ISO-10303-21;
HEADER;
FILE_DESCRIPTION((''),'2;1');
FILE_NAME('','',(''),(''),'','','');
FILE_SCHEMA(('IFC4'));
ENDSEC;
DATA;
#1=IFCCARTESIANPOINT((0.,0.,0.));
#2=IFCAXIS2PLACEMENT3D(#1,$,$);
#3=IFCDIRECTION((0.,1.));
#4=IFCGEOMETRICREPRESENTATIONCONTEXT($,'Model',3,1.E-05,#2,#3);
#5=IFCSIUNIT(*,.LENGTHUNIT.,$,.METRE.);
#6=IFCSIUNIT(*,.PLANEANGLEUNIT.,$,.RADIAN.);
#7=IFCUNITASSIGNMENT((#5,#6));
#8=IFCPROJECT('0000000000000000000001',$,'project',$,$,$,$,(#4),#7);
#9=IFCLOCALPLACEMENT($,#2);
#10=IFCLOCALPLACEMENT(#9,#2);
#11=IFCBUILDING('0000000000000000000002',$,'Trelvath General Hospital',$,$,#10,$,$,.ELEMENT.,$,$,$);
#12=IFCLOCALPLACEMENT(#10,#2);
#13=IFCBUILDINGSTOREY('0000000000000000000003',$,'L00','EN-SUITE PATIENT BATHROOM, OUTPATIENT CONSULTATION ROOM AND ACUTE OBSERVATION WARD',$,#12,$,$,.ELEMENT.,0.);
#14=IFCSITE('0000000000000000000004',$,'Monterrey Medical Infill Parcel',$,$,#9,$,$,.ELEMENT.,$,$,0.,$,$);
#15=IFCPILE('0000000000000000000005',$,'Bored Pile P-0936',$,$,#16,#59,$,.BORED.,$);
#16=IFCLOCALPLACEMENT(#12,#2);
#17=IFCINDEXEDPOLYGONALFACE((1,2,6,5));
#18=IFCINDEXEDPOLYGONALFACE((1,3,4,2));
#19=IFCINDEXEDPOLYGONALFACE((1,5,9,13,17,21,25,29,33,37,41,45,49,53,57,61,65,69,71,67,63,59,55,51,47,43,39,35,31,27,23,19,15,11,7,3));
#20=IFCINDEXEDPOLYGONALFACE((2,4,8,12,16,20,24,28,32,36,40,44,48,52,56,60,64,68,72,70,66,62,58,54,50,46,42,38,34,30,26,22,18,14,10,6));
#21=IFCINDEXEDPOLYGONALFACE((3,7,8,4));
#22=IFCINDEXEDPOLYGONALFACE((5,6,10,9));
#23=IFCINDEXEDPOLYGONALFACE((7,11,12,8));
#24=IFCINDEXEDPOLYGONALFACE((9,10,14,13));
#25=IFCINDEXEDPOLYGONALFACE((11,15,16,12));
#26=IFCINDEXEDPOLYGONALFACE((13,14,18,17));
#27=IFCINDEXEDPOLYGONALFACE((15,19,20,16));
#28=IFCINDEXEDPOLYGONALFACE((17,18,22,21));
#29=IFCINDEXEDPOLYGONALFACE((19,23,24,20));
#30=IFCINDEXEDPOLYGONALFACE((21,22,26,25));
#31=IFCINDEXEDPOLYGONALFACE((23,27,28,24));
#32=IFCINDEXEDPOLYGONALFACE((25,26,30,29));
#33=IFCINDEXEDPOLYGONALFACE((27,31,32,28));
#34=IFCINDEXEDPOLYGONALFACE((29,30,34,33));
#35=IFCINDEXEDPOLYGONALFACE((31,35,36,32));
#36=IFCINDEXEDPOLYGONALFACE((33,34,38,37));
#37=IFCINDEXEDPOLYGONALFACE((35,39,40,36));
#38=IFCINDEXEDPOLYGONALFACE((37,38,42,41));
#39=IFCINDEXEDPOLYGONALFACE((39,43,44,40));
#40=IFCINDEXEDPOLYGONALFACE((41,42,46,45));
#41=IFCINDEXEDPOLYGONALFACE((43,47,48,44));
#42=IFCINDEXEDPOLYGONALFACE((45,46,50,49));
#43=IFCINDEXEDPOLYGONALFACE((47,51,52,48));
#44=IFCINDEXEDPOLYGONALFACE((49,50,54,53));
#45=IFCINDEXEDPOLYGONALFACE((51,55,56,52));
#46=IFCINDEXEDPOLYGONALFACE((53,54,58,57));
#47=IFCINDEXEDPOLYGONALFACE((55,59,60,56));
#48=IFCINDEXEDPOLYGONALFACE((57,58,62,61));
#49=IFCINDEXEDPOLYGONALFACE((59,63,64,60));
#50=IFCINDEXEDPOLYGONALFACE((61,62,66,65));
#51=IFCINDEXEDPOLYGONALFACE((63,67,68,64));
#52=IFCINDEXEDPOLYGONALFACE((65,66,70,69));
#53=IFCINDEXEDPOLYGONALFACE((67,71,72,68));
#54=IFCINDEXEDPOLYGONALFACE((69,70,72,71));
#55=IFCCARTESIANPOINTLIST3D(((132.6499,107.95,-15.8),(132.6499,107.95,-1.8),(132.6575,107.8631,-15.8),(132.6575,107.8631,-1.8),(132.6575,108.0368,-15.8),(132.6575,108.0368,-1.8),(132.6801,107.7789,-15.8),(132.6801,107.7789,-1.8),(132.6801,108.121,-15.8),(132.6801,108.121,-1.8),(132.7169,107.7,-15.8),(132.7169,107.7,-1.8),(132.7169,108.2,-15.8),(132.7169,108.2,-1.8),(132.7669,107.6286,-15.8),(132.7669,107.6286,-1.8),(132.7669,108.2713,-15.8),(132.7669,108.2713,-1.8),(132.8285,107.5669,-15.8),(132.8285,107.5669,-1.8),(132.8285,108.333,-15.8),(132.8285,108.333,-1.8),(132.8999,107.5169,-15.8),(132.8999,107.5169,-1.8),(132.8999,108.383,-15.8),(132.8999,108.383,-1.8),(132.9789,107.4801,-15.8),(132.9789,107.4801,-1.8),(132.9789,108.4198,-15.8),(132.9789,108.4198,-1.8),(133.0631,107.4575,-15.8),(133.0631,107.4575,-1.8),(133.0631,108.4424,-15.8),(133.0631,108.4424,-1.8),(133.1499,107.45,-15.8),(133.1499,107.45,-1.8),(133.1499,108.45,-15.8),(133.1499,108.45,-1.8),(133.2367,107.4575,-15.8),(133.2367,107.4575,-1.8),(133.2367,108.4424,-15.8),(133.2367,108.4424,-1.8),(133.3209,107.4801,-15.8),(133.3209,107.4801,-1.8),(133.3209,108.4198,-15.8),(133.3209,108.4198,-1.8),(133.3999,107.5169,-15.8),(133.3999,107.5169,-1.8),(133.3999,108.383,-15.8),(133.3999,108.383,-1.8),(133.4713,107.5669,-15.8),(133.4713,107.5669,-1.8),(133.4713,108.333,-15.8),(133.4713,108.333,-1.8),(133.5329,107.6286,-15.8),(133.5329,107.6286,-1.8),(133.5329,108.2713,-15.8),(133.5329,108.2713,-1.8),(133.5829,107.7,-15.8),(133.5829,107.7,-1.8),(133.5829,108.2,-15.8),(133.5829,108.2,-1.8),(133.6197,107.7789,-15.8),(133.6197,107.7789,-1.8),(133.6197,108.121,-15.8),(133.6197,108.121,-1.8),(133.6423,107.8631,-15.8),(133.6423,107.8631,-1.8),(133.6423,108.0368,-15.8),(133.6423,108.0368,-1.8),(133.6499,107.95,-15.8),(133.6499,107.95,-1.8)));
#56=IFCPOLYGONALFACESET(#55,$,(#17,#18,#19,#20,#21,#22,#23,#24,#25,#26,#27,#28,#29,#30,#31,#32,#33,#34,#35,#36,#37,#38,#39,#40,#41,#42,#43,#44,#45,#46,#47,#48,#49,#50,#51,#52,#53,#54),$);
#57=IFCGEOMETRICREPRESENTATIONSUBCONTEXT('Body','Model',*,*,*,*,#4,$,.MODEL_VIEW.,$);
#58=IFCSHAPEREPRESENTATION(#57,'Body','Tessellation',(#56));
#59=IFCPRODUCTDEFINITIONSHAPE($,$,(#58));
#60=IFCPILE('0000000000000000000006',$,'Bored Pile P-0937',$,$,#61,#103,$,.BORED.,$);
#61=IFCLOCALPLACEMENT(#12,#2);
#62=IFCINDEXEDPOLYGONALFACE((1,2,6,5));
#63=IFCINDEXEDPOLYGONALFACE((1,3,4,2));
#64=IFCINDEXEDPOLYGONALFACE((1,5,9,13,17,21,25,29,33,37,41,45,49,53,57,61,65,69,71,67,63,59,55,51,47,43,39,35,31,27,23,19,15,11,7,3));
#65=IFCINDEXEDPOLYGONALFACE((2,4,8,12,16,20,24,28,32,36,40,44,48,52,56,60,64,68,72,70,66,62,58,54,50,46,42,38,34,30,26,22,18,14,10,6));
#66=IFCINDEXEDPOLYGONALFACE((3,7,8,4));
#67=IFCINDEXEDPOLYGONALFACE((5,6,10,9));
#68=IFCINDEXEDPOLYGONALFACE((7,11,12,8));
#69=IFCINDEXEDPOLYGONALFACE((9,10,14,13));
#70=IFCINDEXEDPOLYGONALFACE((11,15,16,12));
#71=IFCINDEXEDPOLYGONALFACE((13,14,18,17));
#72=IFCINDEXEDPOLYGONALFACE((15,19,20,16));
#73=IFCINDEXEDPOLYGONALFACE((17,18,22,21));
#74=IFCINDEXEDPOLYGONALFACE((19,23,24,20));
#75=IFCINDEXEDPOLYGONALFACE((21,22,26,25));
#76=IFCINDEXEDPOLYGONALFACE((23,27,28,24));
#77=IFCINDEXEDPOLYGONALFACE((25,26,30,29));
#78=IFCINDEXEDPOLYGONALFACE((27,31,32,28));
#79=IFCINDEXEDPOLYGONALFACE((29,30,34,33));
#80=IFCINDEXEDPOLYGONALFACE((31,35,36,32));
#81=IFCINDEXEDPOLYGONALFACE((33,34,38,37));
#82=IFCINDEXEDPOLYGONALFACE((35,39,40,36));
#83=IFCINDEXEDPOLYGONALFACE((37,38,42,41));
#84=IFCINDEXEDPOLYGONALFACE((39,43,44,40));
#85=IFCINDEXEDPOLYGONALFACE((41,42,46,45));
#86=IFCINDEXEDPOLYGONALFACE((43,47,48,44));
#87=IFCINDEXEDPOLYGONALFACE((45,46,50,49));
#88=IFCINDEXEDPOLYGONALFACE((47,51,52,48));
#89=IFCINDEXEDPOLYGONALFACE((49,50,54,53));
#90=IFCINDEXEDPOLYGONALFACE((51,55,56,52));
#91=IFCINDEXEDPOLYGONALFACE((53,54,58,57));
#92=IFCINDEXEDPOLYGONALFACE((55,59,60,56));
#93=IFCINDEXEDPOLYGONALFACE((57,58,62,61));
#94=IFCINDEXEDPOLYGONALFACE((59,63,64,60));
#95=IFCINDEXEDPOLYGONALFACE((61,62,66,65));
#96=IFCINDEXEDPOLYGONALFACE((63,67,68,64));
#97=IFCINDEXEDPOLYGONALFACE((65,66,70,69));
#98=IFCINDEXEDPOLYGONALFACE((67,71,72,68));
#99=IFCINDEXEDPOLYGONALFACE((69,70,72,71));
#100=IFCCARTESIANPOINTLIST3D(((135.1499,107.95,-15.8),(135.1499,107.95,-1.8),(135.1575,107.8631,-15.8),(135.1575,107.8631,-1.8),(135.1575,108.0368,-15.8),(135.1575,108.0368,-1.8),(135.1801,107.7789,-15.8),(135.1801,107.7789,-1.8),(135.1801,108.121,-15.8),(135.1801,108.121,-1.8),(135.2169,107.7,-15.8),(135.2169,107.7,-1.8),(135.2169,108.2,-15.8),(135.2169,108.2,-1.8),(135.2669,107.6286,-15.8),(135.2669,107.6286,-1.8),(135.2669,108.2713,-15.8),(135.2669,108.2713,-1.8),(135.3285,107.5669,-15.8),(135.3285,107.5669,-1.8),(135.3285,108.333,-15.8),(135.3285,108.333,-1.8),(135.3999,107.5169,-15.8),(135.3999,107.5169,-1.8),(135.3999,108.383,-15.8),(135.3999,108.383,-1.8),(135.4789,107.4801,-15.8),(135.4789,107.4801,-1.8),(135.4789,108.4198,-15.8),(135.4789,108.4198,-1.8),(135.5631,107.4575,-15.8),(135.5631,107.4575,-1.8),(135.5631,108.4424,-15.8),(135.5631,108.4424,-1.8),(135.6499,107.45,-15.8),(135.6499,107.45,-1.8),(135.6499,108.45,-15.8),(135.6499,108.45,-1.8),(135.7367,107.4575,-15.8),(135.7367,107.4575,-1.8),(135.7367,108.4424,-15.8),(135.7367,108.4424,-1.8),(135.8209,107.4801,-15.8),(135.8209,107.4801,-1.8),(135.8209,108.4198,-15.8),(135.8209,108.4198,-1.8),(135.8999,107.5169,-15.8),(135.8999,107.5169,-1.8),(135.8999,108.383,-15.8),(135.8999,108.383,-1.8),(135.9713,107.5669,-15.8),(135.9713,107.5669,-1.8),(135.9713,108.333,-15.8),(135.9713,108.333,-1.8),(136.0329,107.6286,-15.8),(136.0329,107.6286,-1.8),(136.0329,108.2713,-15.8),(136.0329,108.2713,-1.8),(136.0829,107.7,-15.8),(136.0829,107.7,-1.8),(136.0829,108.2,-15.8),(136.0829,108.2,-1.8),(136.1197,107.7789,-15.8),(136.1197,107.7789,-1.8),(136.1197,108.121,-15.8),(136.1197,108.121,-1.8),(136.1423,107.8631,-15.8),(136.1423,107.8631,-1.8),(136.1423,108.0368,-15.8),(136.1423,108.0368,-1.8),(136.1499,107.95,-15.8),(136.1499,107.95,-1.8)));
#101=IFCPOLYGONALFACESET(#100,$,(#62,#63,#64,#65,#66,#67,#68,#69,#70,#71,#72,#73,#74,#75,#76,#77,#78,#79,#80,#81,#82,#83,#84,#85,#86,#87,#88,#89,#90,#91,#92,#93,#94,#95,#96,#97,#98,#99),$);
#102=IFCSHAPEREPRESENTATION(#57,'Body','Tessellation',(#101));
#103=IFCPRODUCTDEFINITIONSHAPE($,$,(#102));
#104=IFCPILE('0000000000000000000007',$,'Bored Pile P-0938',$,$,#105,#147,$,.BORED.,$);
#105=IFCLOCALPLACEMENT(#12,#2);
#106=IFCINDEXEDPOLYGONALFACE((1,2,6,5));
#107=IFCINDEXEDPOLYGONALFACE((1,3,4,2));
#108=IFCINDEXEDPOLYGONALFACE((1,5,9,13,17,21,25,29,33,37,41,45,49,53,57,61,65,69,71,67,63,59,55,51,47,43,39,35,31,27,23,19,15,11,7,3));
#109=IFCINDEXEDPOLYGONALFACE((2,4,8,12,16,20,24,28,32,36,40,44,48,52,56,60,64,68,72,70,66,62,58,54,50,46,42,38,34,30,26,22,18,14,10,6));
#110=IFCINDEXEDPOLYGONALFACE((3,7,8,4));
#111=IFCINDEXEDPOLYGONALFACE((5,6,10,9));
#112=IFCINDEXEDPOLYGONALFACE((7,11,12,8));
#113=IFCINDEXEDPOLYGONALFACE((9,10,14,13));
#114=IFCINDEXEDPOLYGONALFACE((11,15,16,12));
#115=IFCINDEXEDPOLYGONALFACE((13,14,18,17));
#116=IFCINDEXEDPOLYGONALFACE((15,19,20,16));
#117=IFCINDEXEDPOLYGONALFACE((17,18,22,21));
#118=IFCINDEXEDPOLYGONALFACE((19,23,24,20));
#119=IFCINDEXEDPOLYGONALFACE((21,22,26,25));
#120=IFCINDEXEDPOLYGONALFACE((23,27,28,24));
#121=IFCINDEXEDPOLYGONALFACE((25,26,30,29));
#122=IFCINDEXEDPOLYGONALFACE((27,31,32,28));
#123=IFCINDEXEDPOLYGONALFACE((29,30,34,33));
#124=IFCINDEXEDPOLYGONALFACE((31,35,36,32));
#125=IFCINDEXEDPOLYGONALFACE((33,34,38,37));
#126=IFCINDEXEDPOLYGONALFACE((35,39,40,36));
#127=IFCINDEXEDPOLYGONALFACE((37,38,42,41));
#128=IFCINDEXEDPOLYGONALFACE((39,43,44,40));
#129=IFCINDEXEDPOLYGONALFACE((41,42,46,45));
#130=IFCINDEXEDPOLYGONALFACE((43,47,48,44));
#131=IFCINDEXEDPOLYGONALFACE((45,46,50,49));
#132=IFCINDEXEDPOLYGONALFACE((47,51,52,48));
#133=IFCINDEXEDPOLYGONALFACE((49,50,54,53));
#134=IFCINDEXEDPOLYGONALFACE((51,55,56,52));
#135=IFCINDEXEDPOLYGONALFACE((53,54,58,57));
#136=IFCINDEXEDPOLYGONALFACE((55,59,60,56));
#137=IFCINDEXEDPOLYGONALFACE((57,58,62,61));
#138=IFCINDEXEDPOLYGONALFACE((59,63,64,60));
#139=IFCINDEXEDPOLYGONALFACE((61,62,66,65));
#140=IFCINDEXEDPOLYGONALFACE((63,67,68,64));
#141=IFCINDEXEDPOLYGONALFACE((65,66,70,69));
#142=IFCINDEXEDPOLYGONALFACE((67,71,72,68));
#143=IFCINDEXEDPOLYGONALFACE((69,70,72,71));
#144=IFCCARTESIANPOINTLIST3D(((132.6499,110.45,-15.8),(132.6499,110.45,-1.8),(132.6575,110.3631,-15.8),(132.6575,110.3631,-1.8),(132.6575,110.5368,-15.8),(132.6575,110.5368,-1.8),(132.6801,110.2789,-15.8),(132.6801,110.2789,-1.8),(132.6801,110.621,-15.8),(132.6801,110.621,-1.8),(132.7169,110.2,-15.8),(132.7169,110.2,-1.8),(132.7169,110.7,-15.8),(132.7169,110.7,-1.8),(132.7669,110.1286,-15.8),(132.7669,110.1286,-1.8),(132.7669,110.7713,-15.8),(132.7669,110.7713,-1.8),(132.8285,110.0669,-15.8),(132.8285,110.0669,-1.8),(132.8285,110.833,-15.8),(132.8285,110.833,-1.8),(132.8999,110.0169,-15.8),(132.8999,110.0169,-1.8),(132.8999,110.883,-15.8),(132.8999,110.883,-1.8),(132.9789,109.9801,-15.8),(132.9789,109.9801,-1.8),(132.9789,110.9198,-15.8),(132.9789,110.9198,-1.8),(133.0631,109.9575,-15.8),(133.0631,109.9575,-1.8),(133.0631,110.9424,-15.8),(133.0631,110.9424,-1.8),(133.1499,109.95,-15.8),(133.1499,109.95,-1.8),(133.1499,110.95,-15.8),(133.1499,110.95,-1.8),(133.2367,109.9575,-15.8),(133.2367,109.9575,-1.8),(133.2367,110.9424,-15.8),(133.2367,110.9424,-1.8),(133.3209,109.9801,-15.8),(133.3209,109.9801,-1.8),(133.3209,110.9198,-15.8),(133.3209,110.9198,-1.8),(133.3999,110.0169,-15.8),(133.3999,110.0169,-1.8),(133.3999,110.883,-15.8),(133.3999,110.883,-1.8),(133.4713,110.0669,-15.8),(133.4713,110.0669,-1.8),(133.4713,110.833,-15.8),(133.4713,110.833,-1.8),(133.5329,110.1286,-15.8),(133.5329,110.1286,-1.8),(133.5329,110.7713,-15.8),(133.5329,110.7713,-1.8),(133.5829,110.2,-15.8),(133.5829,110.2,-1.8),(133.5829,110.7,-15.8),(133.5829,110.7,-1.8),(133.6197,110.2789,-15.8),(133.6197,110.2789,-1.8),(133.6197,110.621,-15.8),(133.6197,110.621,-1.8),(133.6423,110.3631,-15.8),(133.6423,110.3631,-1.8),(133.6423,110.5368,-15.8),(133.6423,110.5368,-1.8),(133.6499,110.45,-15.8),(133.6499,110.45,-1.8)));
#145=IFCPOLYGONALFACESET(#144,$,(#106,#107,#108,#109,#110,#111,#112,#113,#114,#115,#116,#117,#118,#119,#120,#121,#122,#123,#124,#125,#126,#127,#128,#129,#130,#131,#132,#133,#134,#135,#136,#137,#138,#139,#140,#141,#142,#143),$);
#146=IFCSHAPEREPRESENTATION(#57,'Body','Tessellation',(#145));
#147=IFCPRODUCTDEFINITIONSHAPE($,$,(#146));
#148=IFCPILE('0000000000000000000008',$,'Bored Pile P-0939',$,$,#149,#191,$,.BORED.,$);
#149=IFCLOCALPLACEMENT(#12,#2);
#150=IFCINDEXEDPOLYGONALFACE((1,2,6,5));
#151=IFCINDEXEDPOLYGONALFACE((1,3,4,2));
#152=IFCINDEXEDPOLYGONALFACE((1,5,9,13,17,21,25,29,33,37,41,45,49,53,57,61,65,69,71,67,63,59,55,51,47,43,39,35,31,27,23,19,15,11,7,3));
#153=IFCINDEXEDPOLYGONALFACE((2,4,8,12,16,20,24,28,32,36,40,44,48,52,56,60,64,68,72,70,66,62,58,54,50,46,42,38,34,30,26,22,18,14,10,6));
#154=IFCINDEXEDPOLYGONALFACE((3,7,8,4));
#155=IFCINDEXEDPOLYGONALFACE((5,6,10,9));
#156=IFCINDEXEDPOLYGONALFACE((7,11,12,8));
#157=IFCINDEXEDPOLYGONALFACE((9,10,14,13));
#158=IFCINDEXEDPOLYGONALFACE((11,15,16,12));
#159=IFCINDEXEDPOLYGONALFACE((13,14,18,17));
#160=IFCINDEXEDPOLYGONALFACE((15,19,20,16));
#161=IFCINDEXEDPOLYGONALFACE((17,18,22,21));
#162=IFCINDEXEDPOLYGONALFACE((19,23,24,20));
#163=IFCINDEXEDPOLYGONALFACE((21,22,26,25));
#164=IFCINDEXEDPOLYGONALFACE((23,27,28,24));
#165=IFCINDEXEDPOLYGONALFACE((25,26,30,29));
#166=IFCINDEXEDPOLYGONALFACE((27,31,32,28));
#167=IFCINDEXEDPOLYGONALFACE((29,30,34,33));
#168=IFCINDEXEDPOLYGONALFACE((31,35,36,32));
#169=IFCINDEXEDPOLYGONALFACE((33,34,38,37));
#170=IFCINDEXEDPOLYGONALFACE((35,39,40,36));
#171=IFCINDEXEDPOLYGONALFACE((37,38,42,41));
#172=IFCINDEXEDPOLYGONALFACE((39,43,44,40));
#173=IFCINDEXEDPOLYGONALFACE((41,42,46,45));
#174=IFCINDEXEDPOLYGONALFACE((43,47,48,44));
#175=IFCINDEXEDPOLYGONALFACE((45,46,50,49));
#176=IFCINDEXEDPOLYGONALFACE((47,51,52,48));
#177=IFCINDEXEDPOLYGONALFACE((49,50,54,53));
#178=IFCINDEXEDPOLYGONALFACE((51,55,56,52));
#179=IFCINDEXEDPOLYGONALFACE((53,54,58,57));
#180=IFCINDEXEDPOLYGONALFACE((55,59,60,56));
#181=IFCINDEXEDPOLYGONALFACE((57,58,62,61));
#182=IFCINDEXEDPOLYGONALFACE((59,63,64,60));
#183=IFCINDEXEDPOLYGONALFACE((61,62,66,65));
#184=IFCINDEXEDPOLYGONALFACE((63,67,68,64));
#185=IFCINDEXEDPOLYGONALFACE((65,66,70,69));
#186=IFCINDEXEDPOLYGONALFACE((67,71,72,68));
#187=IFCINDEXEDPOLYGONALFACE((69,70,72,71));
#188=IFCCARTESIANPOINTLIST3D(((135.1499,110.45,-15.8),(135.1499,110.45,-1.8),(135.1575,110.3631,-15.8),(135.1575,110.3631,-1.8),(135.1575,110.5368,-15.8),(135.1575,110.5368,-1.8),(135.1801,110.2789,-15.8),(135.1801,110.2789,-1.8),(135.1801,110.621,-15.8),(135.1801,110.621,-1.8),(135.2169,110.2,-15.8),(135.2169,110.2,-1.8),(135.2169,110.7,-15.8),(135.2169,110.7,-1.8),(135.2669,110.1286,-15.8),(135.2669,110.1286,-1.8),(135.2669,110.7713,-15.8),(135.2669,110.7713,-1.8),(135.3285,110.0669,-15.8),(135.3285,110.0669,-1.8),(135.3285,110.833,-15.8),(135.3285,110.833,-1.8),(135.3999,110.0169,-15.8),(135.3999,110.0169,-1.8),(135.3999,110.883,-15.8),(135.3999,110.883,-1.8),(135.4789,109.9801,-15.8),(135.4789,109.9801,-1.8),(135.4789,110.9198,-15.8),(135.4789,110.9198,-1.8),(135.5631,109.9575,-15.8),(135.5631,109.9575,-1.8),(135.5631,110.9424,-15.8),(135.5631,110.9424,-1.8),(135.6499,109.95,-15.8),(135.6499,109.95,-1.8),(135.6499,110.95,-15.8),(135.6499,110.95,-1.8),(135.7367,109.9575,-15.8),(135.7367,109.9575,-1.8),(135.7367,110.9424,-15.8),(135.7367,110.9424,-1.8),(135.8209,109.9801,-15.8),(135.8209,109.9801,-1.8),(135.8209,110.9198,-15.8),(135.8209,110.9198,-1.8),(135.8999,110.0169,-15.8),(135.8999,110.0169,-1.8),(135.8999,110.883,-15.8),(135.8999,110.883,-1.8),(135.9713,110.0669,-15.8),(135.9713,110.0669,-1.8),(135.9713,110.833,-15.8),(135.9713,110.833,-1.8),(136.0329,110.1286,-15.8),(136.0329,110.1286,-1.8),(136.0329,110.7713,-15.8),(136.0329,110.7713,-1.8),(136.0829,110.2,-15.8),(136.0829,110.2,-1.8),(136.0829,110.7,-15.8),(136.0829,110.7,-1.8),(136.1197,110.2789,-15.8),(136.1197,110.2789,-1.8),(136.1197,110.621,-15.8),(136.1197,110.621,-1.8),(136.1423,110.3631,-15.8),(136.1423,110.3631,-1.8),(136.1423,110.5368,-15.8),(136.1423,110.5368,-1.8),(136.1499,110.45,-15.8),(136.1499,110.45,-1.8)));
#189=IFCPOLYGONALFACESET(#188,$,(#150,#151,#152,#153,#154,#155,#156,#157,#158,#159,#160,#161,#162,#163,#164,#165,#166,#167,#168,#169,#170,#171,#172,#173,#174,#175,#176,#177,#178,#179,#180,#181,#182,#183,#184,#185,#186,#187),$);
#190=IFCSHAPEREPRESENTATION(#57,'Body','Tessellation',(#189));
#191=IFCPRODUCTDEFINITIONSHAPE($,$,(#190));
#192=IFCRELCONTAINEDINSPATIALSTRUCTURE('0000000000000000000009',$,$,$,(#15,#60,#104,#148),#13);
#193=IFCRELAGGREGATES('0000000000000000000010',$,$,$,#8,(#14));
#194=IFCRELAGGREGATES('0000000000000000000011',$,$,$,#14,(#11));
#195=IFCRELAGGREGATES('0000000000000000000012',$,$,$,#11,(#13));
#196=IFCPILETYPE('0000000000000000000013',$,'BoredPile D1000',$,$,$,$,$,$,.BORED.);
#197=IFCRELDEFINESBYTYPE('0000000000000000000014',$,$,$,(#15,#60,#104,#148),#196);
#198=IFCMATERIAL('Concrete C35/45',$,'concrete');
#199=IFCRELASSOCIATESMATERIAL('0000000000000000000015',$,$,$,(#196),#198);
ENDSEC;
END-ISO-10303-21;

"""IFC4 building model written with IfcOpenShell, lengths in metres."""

from ifc_helpers import new_model, si_unit, direction, frame, origin, origin_2d, place, context, subcontext, project, spatial, circle, extrude, material, material_profile, profile_set, type_object, element, save


model = new_model("IFC4")

# Units and contexts
model_context = context("Model", 3, precision=1e-05, world=origin(), true_north=direction((0.0, 1.0)))
body_context = subcontext(model_context, "Body", "Model", "MODEL_VIEW")
ifc_project = project(units=[si_unit("LENGTHUNIT", "METRE"), si_unit("PLANEANGLEUNIT", "RADIAN")], contexts=[model_context])

# Site, building, storey
site_placement = place(None, origin())
site = spatial("IfcSite", under=ifc_project, at=site_placement, Name="Monterrey Medical Infill Parcel", CompositionType="ELEMENT", RefElevation=0.0)
building_placement = place(site_placement, origin())
building = spatial("IfcBuilding", under=site, at=building_placement, Name="Trelvath General Hospital", CompositionType="ELEMENT")
storey_placement = place(building_placement, origin())
storey = spatial("IfcBuildingStorey", under=building, at=storey_placement, Name="L00", Description="EN-SUITE PATIENT BATHROOM, OUTPATIENT CONSULTATION ROOM AND ACUTE OBSERVATION WARD", CompositionType="ELEMENT", Elevation=0.0)

# Piles
ifc_material_1 = material(Name="Concrete C35/45", Category="concrete")
ifc_material_profile_1 = material_profile(ifc_material_1, circle(Radius=0.5, at=origin_2d()), Name="PILE1000")
ifc_profile_set_1 = profile_set([ifc_material_profile_1], Name="Concrete C35/45")
pile_type_1 = type_object("IfcPileType", Name="BoredPile D1000", PredefinedType="BORED", material=ifc_profile_set_1)
for number, where, z_axis, x_axis, name in (
    (1, (133.1499, 107.95, -1.8), (0.0, 0.0, -1.0), (1.0, 0.0, 0.0), "Bored Pile P-0936"),
    (2, (135.6499, 107.95, -1.8), (0.0, 0.0, -1.0), (1.0, 0.0, 0.0), "Bored Pile P-0937"),
    (3, (133.1499, 110.45, -1.8), (0.0, 0.0, -1.0), (1.0, 0.0, 0.0), "Bored Pile P-0938"),
    (4, (135.6499, 110.45, -1.8), (0.0, 0.0, -1.0), (1.0, 0.0, 0.0), "Bored Pile P-0939"),
):
    element("IfcPile", number, at=place(storey_placement, frame(where, z_axis=z_axis, x_axis=x_axis)), inside=storey, type_object=pile_type_1, Name=name, PredefinedType="BORED", context=body_context, shape_type="SweptSolid", body=[
        extrude(circle(Radius=0.5, at=origin_2d()), origin(), (0.0, 0.0, 1.0), 14.0),
    ])

save(model, "model.ifc")
